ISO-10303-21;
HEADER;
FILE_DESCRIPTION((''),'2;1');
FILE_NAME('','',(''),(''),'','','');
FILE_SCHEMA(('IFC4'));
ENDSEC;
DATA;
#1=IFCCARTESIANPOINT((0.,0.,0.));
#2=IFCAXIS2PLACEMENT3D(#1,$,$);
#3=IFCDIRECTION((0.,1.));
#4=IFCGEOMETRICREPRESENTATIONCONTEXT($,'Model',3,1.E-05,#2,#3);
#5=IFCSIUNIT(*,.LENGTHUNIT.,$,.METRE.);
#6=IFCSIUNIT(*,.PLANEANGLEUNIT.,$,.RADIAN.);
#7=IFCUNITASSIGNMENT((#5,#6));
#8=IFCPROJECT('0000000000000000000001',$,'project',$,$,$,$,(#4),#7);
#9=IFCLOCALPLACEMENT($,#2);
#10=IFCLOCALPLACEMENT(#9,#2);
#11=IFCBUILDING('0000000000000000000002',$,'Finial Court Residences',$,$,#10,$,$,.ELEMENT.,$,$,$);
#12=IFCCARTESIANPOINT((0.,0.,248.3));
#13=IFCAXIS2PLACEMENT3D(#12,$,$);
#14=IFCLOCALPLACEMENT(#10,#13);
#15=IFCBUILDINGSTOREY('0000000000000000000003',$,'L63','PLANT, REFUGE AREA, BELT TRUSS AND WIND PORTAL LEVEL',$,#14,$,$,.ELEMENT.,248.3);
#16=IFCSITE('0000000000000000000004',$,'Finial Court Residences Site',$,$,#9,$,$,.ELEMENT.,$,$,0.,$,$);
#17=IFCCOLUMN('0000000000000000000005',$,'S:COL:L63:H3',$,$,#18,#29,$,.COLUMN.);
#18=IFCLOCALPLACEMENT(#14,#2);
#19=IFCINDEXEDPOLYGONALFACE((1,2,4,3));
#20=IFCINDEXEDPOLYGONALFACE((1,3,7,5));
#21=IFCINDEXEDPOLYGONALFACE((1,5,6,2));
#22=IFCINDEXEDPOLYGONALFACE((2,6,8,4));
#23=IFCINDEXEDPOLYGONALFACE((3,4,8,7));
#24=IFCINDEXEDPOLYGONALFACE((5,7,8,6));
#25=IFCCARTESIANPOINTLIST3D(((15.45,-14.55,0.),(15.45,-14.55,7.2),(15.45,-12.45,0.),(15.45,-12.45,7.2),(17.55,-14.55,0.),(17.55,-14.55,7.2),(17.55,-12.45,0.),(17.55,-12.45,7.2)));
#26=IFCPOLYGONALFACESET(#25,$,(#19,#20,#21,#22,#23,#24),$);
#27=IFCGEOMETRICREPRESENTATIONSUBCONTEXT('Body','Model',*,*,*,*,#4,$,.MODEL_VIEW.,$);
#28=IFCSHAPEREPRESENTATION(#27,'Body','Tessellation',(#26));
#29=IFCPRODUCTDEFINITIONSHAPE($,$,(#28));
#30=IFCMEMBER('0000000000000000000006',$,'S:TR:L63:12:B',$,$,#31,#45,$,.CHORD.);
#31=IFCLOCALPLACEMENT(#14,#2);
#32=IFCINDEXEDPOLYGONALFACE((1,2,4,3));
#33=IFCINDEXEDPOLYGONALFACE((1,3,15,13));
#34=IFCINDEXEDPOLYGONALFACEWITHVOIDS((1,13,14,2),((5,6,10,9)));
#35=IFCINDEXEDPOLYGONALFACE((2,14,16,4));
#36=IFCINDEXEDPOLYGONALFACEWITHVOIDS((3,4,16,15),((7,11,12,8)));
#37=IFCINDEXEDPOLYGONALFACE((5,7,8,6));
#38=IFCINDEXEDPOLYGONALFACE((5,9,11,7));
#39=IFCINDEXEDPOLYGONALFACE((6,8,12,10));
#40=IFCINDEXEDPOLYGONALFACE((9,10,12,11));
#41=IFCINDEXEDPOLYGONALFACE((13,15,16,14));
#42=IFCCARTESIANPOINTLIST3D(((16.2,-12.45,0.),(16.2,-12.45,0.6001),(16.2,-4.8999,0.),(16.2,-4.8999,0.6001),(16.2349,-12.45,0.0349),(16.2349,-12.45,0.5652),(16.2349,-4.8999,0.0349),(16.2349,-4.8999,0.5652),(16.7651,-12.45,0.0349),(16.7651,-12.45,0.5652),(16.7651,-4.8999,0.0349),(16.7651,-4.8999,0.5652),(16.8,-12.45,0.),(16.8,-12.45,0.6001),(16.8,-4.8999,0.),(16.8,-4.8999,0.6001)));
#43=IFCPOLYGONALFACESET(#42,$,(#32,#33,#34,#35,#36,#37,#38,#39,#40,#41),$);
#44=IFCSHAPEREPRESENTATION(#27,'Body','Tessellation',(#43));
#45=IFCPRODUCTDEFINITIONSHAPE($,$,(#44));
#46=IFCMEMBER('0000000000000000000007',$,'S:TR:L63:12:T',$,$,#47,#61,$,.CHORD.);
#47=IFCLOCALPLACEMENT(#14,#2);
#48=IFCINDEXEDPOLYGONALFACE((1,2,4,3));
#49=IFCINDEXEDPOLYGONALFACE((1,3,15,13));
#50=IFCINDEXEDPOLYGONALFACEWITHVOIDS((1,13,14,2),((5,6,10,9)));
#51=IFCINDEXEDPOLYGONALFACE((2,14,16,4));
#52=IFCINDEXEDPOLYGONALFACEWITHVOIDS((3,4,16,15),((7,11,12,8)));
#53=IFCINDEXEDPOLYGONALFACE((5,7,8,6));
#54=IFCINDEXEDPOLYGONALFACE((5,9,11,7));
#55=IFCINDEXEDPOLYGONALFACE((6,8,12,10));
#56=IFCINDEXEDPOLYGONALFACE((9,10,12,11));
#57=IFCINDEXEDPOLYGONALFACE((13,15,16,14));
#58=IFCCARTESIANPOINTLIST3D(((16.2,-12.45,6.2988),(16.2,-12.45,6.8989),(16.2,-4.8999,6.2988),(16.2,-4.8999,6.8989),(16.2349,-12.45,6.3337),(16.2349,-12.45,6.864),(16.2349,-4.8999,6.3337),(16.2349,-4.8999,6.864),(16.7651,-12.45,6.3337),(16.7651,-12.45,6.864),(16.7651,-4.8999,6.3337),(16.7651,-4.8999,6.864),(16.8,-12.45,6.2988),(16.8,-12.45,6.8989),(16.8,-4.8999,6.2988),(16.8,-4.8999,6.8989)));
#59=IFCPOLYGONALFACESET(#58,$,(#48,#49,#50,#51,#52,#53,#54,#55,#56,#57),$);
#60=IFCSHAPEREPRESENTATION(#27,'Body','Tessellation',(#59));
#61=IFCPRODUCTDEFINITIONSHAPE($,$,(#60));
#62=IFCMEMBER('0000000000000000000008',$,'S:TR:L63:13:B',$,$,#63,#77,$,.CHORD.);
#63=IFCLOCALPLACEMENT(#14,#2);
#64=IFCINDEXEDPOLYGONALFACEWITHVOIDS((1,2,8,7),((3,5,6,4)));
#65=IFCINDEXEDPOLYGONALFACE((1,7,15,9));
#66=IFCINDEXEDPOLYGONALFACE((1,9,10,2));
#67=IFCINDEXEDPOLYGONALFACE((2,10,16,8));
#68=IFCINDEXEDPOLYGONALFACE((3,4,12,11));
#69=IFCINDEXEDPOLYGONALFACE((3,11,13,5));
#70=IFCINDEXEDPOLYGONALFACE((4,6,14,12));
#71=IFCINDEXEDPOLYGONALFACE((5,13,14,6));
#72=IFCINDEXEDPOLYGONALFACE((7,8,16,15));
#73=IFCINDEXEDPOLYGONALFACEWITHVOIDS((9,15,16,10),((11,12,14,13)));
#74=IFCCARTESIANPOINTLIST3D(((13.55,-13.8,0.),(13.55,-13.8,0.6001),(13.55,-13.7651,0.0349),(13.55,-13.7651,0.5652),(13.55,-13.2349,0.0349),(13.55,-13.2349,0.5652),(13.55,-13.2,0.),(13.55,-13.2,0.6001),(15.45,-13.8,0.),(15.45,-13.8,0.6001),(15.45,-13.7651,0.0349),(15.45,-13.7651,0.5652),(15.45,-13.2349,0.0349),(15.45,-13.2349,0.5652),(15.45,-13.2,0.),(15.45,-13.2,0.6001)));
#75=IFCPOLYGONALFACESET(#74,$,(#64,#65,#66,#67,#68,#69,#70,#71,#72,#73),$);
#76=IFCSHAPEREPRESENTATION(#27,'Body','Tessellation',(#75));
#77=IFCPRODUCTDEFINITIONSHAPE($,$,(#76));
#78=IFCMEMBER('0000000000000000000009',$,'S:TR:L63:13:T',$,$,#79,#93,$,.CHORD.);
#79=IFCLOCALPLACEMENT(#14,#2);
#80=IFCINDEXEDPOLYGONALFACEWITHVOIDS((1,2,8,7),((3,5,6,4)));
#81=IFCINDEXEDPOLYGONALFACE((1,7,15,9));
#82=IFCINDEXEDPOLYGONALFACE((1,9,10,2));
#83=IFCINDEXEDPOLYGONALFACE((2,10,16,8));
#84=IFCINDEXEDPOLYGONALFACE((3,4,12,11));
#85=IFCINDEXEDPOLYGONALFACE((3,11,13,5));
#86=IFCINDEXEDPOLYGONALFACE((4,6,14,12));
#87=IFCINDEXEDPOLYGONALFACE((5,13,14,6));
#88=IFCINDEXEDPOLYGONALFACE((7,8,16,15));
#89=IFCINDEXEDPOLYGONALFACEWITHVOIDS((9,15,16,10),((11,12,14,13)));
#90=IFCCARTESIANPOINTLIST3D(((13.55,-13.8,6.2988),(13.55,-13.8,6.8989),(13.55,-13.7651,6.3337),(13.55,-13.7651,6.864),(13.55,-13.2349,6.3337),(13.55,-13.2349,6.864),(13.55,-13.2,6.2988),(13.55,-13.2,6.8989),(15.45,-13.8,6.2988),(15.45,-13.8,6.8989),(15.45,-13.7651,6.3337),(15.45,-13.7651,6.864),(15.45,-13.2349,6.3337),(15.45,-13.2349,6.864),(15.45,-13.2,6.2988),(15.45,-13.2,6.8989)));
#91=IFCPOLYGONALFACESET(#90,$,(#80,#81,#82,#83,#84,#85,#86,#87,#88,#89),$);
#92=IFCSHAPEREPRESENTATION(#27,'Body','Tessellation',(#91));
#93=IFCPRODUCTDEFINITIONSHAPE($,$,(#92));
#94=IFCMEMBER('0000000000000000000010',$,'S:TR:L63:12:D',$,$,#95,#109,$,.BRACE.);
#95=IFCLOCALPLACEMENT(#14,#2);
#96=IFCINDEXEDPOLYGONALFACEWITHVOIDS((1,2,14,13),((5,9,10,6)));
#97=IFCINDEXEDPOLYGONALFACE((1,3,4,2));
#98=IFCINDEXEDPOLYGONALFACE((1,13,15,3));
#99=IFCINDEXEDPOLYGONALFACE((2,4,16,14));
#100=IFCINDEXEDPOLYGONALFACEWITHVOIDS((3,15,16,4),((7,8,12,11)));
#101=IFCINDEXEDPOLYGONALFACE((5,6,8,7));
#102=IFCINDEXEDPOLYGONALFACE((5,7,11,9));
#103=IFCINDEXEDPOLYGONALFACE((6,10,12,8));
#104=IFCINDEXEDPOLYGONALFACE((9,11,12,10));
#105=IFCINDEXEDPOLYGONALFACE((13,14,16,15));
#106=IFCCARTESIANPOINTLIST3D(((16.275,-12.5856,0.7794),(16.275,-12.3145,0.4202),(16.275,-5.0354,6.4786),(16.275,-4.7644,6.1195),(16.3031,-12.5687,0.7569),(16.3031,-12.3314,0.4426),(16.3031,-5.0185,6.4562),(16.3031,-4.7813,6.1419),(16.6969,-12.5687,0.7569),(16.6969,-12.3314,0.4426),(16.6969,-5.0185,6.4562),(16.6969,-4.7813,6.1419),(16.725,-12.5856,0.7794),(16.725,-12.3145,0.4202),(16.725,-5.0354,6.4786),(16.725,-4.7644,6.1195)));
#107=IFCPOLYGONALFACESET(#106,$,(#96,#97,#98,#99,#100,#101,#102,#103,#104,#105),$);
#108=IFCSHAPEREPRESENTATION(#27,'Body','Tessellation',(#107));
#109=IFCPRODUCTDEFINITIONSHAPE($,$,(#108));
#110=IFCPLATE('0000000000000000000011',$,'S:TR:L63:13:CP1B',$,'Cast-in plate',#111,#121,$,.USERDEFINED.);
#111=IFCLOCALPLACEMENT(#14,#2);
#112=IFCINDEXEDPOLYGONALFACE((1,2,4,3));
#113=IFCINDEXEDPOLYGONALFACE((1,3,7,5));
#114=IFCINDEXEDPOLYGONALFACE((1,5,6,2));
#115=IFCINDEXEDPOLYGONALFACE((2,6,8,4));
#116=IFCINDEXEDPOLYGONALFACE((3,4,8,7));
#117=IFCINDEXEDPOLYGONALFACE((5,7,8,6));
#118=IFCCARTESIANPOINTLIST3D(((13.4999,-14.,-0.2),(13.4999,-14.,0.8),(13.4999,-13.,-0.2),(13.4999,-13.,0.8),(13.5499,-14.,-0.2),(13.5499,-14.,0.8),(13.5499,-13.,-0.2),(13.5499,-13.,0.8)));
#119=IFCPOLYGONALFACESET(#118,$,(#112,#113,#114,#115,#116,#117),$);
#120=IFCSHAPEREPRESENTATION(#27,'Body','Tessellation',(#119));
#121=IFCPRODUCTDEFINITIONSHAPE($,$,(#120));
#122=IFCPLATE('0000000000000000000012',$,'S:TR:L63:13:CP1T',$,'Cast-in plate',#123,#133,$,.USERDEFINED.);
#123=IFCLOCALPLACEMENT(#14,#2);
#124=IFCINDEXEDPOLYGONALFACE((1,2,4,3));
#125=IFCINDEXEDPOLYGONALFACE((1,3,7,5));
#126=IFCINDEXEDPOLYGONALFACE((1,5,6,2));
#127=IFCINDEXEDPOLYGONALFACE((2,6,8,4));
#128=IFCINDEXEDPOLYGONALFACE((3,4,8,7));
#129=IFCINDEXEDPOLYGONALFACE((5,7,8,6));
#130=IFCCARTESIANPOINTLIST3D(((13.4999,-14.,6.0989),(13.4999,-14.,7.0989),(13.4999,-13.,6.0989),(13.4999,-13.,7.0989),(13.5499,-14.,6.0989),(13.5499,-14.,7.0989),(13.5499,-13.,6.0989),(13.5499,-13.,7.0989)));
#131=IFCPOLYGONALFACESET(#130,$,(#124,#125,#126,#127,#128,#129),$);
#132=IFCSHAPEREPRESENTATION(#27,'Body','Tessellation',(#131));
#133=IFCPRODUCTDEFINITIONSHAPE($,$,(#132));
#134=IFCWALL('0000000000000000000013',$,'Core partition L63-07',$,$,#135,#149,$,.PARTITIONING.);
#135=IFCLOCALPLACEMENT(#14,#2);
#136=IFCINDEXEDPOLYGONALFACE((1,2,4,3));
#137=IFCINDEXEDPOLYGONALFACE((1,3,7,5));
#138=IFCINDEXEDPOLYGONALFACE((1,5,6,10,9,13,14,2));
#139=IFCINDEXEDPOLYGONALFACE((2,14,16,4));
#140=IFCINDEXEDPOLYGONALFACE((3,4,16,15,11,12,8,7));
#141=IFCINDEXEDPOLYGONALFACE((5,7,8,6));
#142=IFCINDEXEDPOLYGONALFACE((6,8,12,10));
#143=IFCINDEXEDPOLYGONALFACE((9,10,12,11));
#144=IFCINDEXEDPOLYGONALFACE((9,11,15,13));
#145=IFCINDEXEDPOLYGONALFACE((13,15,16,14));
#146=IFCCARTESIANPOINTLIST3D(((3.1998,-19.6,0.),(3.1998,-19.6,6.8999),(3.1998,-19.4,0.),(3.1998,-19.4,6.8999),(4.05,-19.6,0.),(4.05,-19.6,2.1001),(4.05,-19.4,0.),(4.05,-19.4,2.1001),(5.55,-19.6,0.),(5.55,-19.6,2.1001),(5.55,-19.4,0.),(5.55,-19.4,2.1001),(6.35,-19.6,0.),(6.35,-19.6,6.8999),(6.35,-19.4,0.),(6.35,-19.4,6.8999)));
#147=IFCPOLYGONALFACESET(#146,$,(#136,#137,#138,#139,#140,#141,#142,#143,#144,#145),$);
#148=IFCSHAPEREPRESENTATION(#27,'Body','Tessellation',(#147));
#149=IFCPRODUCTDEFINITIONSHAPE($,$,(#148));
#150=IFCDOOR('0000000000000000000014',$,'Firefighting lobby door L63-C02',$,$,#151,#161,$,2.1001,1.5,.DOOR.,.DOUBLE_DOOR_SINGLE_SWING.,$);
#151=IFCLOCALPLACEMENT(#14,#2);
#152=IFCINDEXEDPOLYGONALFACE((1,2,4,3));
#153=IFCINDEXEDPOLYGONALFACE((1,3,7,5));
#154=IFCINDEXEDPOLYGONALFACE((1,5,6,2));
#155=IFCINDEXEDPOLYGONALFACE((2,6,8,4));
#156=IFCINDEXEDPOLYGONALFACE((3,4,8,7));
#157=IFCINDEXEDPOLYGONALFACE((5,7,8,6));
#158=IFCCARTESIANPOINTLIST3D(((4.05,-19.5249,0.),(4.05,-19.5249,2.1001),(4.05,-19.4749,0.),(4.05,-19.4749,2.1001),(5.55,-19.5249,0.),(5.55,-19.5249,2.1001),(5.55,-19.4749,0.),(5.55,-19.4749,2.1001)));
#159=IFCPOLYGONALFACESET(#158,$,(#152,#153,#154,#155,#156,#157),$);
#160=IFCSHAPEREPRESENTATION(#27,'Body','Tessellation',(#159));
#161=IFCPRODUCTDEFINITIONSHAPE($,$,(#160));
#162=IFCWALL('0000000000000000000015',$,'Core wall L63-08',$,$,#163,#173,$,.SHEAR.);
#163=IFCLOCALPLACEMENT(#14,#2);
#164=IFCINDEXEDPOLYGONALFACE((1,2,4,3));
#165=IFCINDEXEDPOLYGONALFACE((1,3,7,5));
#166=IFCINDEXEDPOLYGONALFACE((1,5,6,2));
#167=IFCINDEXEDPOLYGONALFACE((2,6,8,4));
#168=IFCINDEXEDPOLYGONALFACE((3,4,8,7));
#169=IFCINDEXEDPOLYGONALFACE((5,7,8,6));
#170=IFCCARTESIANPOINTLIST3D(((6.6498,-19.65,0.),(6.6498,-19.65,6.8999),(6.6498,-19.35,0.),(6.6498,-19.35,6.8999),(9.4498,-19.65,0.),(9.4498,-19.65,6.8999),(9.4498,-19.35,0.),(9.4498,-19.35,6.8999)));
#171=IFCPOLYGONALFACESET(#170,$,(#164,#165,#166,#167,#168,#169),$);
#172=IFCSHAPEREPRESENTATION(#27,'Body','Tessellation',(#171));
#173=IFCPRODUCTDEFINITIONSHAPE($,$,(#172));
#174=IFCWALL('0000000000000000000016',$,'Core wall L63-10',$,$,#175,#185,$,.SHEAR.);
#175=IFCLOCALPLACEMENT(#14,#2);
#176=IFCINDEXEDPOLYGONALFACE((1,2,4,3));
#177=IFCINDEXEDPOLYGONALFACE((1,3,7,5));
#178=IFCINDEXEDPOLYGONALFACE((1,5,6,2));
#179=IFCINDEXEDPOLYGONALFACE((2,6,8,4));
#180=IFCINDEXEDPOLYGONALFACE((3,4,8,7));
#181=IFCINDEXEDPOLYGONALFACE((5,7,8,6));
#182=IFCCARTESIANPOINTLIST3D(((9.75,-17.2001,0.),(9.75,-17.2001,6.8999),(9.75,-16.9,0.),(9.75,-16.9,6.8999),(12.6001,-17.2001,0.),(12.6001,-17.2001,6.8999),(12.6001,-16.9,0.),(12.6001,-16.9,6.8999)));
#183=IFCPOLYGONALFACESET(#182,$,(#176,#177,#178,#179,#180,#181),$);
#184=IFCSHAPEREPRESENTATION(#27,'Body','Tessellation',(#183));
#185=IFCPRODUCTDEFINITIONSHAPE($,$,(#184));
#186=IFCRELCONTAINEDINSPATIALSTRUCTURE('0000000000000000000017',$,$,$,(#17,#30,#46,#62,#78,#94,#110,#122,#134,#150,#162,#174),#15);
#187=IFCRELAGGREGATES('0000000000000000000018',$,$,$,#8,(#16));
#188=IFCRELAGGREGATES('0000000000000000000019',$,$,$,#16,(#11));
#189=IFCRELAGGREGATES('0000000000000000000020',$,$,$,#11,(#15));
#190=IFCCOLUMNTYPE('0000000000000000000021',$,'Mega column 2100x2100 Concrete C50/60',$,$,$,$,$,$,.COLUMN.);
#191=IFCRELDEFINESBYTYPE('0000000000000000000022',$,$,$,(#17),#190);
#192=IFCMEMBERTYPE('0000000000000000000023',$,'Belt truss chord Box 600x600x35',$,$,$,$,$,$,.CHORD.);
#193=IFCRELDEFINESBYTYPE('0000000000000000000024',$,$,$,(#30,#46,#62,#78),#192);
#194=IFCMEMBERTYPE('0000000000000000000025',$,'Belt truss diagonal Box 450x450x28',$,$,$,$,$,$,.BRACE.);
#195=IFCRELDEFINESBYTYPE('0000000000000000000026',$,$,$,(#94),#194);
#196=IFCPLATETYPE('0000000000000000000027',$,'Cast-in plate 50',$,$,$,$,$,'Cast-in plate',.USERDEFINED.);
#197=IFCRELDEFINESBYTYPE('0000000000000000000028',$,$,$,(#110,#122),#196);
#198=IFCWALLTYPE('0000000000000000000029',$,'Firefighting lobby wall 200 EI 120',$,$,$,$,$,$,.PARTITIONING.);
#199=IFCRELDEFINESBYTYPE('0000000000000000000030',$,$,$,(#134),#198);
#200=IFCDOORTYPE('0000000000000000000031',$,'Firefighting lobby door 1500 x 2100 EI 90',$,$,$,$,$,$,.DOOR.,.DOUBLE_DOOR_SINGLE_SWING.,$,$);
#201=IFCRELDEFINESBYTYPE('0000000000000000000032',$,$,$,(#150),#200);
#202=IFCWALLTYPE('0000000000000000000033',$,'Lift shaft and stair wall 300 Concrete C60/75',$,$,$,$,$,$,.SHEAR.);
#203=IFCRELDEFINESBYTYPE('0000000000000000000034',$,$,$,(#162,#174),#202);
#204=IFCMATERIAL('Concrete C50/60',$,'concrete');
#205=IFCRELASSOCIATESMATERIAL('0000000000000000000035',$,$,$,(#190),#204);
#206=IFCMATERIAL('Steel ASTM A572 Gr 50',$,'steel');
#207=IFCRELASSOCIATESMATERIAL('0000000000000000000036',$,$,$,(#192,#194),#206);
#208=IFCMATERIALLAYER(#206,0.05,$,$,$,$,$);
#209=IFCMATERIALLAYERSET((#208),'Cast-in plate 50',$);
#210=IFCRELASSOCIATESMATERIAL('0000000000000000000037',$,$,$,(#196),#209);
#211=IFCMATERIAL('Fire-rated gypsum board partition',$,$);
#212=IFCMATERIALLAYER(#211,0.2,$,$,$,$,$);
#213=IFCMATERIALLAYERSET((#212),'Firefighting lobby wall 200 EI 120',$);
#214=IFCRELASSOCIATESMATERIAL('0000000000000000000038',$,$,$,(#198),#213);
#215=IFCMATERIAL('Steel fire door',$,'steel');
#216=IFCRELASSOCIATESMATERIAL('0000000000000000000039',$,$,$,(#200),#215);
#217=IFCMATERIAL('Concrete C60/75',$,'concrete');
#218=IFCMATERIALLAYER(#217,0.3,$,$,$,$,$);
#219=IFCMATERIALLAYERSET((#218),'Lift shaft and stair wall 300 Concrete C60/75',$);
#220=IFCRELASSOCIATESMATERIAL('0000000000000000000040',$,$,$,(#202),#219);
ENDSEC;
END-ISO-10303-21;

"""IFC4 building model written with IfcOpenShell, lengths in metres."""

from ifc_helpers import new_model, si_unit, direction, frame, frame_2d, origin, origin_2d, place, context, subcontext, project, spatial, rectangle, hollow_rectangle, extrude, material, layer, layer_set, material_profile, profile_set, type_object, element, fill, save


model = new_model("IFC4")

# Units and contexts
model_context = context("Model", 3, precision=1e-05, world=origin(), true_north=direction((0.0, 1.0)))
body_context = subcontext(model_context, "Body", "Model", "MODEL_VIEW")
ifc_project = project(units=[si_unit("LENGTHUNIT", "METRE"), si_unit("PLANEANGLEUNIT", "RADIAN")], contexts=[model_context])

# Site, building, storey
site_placement = place(None, origin())
site = spatial("IfcSite", under=ifc_project, at=site_placement, Name="Finial Court Residences Site", CompositionType="ELEMENT", RefElevation=0.0)
building_placement = place(site_placement, origin())
building = spatial("IfcBuilding", under=site, at=building_placement, Name="Finial Court Residences", CompositionType="ELEMENT")
storey_placement = place(building_placement, frame((0.0, 0.0, 248.3)))
storey = spatial("IfcBuildingStorey", under=building, at=storey_placement, Name="L63", Description="PLANT, REFUGE AREA, BELT TRUSS AND WIND PORTAL LEVEL", CompositionType="ELEMENT", Elevation=248.3)

# Column
ifc_material_1 = material(Name="Concrete C50/60", Category="concrete")
ifc_material_profile_1 = material_profile(ifc_material_1, rectangle(XDim=2.1001, YDim=2.1001, at=origin_2d()), Name="2100x2100")
ifc_profile_set_1 = profile_set([ifc_material_profile_1], Name="Concrete C50/60")
column_type = type_object("IfcColumnType", Name="Mega column 2100x2100 Concrete C50/60", PredefinedType="COLUMN", material=ifc_profile_set_1)
column_placement = place(storey_placement, frame((16.5, -13.5, 0.0), z_axis=(0.0, 0.0, 1.0), x_axis=(1.0, 0.0, 0.0)))
element("IfcColumn", 1, at=column_placement, inside=storey, type_object=column_type, Name="S:COL:L63:H3", PredefinedType="COLUMN", context=body_context, shape_type="SweptSolid", body=[
    extrude(rectangle(XDim=2.1001, YDim=2.1001, at=origin_2d()), origin(), (0.0, 0.0, 1.0), 7.2),
])

# Members
ifc_material_2 = material(Name="Steel ASTM A572 Gr 50", Category="steel")
ifc_material_profile_2 = material_profile(ifc_material_2, hollow_rectangle(XDim=0.6001, YDim=0.6001, WallThickness=0.0349, at=origin_2d()), Name="Box 600x600x35")
ifc_profile_set_2 = profile_set([ifc_material_profile_2], Name="Steel ASTM A572 Gr 50")
member_type_1 = type_object("IfcMemberType", Name="Belt truss chord Box 600x600x35", PredefinedType="CHORD", material=ifc_profile_set_2)
for number, where, z_axis, x_axis, name in (
    (2, (16.5, -4.8999, 0.3), (0.0, -1.0, 0.0), (1.0, 0.0, 0.0), "S:TR:L63:12:B"),
    (3, (16.5, -4.8999, 6.5989), (0.0, -1.0, 0.0), (1.0, 0.0, 0.0), "S:TR:L63:12:T"),
):
    element("IfcMember", number, at=place(storey_placement, frame(where, z_axis=z_axis, x_axis=x_axis)), inside=storey, type_object=member_type_1, Name=name, PredefinedType="CHORD", context=body_context, shape_type="SweptSolid", body=[
        extrude(hollow_rectangle(XDim=0.6001, YDim=0.6001, WallThickness=0.0349, at=origin_2d()), origin(), (0.0, 0.0, 1.0), 7.55),
    ])
for number, where, z_axis, x_axis, name in (
    (4, (15.45, -13.5, 0.3), (-1.0, 0.0, 0.0), (0.0, -1.0, 0.0), "S:TR:L63:13:B"),
    (5, (15.45, -13.5, 6.5989), (-1.0, 0.0, 0.0), (0.0, -1.0, 0.0), "S:TR:L63:13:T"),
):
    element("IfcMember", number, at=place(storey_placement, frame(where, z_axis=z_axis, x_axis=x_axis)), inside=storey, type_object=member_type_1, Name=name, PredefinedType="CHORD", context=body_context, shape_type="SweptSolid", body=[
        extrude(hollow_rectangle(XDim=0.6001, YDim=0.6001, WallThickness=0.0349, at=origin_2d()), origin(), (0.0, 0.0, 1.0), 1.8999),
    ])
ifc_material_profile_3 = material_profile(ifc_material_2, hollow_rectangle(XDim=0.45, YDim=0.45, WallThickness=0.0281, at=origin_2d()), Name="Box 450x450x28")
ifc_profile_set_3 = profile_set([ifc_material_profile_3], Name="Steel ASTM A572 Gr 50")
member_type_2 = type_object("IfcMemberType", Name="Belt truss diagonal Box 450x450x28", PredefinedType="BRACE", material=ifc_profile_set_3)
member_placement = place(storey_placement, frame((16.5, -4.8999, 6.2991), z_axis=(0.0, -0.798135, -0.602479), x_axis=(1.0, 0.0, 0.0)))
element("IfcMember", 6, at=member_placement, inside=storey, type_object=member_type_2, Name="S:TR:L63:12:D", PredefinedType="BRACE", context=body_context, shape_type="SweptSolid", body=[
    extrude(hollow_rectangle(XDim=0.45, YDim=0.45, WallThickness=0.0281, at=origin_2d()), origin(), (0.0, 0.0, 1.0), 9.4597),
])

# Plates
ifc_layer_1 = layer(ifc_material_2, 0.05)
ifc_layer_set_1 = layer_set([ifc_layer_1], Name="Cast-in plate 50")
plate_type = type_object("IfcPlateType", Name="Cast-in plate 50", ElementType="Cast-in plate", PredefinedType="USERDEFINED", material=ifc_layer_set_1)
for number, where, z_axis, x_axis, name in (
    (7, (13.5249, -13.5, -0.2), (0.0, 0.0, 1.0), (1.0, 0.0, 0.0), "S:TR:L63:13:CP1B"),
    (8, (13.5249, -13.5, 6.0989), (0.0, 0.0, 1.0), (1.0, 0.0, 0.0), "S:TR:L63:13:CP1T"),
):
    element("IfcPlate", number, at=place(storey_placement, frame(where, z_axis=z_axis, x_axis=x_axis)), inside=storey, type_object=plate_type, Name=name, ObjectType="Cast-in plate", PredefinedType="USERDEFINED", context=body_context, shape_type="SweptSolid", body=[
        extrude(rectangle(XDim=0.05, YDim=1.0, at=origin_2d()), origin(), (0.0, 0.0, 1.0), 1.0),
    ])

# Wall, opening, door
ifc_material_3 = material(Name="Fire-rated gypsum board partition")
ifc_layer_2 = layer(ifc_material_3, 0.2)
ifc_layer_set_2 = layer_set([ifc_layer_2], Name="Firefighting lobby wall 200 EI 120")
wall_type_1 = type_object("IfcWallType", Name="Firefighting lobby wall 200 EI 120", PredefinedType="PARTITIONING", material=ifc_layer_set_2)
wall_1_placement = place(storey_placement, frame((6.3501, -19.5, 0.0), z_axis=(0.0, 0.0, 1.0), x_axis=(-1.0, 0.0, 0.0)))
wall_1 = element("IfcWall", 9, at=wall_1_placement, inside=storey, type_object=wall_type_1, Name="Core partition L63-07", PredefinedType="PARTITIONING", context=body_context, shape_type="SweptSolid", body=[
    extrude(rectangle(XDim=3.1501, YDim=0.2, at=frame_2d((1.5752, 0.0))), origin(), (0.0, 0.0, 1.0), 6.8999),
])
opening_1_placement = place(wall_1_placement, frame((0.8, 0.0, 0.0)))
opening_1 = element("IfcOpeningElement", 10, at=opening_1_placement, cuts=wall_1, PredefinedType="OPENING", context=body_context, shape_type="SweptSolid", body=[
    extrude(rectangle(XDim=1.5, YDim=2.1001, at=frame_2d((0.75, 1.05))), frame((0.0, 0.1099, 0.0), z_axis=(0.0, -1.0, 0.0), x_axis=(1.0, 0.0, 0.0)), (0.0, 0.0, 1.0), 0.22),
])
ifc_material_4 = material(Name="Steel fire door", Category="steel")
door_type_1 = type_object("IfcDoorType", Name="Firefighting lobby door 1500 x 2100 EI 90", OperationType="DOUBLE_DOOR_SINGLE_SWING", PredefinedType="DOOR", material=ifc_material_4)
door_1_placement = place(opening_1_placement, origin())
door_1 = element("IfcDoor", 11, at=door_1_placement, inside=storey, type_object=door_type_1, Name="Firefighting lobby door L63-C02", OperationType="DOUBLE_DOOR_SINGLE_SWING", OverallHeight=2.1001, OverallWidth=1.5, PredefinedType="DOOR", context=body_context, shape_type="SweptSolid", body=[
    extrude(rectangle(XDim=1.5, YDim=2.1001, at=frame_2d((0.75, 1.05))), frame((0.0, 0.0249, 0.0), z_axis=(0.0, -1.0, 0.0), x_axis=(1.0, 0.0, 0.0)), (0.0, 0.0, 1.0), 0.05),
])
fill(opening_1, door_1)

# Walls
ifc_material_5 = material(Name="Concrete C60/75", Category="concrete")
ifc_layer_3 = layer(ifc_material_5, 0.3)
ifc_layer_set_3 = layer_set([ifc_layer_3], Name="Lift shaft and stair wall 300 Concrete C60/75")
wall_type_2 = type_object("IfcWallType", Name="Lift shaft and stair wall 300 Concrete C60/75", PredefinedType="SHEAR", material=ifc_layer_set_3)
wall_2_placement = place(storey_placement, frame((6.6499, -19.5, 0.0), z_axis=(0.0, 0.0, 1.0), x_axis=(1.0, 0.0, 0.0)))
element("IfcWall", 12, at=wall_2_placement, inside=storey, type_object=wall_type_2, Name="Core wall L63-08", PredefinedType="SHEAR", context=body_context, shape_type="SweptSolid", body=[
    extrude(rectangle(XDim=2.8, YDim=0.3, at=frame_2d((1.3999, 0.0))), origin(), (0.0, 0.0, 1.0), 6.8999),
])
wall_3_placement = place(storey_placement, frame((9.75, -17.05, 0.0), z_axis=(0.0, 0.0, 1.0), x_axis=(1.0, 0.0, 0.0)))
element("IfcWall", 13, at=wall_3_placement, inside=storey, type_object=wall_type_2, Name="Core wall L63-10", PredefinedType="SHEAR", context=body_context, shape_type="SweptSolid", body=[
    extrude(rectangle(XDim=2.8501, YDim=0.3, at=frame_2d((1.425, 0.0))), origin(), (0.0, 0.0, 1.0), 6.8999),
])

save(model, "model.ifc")
